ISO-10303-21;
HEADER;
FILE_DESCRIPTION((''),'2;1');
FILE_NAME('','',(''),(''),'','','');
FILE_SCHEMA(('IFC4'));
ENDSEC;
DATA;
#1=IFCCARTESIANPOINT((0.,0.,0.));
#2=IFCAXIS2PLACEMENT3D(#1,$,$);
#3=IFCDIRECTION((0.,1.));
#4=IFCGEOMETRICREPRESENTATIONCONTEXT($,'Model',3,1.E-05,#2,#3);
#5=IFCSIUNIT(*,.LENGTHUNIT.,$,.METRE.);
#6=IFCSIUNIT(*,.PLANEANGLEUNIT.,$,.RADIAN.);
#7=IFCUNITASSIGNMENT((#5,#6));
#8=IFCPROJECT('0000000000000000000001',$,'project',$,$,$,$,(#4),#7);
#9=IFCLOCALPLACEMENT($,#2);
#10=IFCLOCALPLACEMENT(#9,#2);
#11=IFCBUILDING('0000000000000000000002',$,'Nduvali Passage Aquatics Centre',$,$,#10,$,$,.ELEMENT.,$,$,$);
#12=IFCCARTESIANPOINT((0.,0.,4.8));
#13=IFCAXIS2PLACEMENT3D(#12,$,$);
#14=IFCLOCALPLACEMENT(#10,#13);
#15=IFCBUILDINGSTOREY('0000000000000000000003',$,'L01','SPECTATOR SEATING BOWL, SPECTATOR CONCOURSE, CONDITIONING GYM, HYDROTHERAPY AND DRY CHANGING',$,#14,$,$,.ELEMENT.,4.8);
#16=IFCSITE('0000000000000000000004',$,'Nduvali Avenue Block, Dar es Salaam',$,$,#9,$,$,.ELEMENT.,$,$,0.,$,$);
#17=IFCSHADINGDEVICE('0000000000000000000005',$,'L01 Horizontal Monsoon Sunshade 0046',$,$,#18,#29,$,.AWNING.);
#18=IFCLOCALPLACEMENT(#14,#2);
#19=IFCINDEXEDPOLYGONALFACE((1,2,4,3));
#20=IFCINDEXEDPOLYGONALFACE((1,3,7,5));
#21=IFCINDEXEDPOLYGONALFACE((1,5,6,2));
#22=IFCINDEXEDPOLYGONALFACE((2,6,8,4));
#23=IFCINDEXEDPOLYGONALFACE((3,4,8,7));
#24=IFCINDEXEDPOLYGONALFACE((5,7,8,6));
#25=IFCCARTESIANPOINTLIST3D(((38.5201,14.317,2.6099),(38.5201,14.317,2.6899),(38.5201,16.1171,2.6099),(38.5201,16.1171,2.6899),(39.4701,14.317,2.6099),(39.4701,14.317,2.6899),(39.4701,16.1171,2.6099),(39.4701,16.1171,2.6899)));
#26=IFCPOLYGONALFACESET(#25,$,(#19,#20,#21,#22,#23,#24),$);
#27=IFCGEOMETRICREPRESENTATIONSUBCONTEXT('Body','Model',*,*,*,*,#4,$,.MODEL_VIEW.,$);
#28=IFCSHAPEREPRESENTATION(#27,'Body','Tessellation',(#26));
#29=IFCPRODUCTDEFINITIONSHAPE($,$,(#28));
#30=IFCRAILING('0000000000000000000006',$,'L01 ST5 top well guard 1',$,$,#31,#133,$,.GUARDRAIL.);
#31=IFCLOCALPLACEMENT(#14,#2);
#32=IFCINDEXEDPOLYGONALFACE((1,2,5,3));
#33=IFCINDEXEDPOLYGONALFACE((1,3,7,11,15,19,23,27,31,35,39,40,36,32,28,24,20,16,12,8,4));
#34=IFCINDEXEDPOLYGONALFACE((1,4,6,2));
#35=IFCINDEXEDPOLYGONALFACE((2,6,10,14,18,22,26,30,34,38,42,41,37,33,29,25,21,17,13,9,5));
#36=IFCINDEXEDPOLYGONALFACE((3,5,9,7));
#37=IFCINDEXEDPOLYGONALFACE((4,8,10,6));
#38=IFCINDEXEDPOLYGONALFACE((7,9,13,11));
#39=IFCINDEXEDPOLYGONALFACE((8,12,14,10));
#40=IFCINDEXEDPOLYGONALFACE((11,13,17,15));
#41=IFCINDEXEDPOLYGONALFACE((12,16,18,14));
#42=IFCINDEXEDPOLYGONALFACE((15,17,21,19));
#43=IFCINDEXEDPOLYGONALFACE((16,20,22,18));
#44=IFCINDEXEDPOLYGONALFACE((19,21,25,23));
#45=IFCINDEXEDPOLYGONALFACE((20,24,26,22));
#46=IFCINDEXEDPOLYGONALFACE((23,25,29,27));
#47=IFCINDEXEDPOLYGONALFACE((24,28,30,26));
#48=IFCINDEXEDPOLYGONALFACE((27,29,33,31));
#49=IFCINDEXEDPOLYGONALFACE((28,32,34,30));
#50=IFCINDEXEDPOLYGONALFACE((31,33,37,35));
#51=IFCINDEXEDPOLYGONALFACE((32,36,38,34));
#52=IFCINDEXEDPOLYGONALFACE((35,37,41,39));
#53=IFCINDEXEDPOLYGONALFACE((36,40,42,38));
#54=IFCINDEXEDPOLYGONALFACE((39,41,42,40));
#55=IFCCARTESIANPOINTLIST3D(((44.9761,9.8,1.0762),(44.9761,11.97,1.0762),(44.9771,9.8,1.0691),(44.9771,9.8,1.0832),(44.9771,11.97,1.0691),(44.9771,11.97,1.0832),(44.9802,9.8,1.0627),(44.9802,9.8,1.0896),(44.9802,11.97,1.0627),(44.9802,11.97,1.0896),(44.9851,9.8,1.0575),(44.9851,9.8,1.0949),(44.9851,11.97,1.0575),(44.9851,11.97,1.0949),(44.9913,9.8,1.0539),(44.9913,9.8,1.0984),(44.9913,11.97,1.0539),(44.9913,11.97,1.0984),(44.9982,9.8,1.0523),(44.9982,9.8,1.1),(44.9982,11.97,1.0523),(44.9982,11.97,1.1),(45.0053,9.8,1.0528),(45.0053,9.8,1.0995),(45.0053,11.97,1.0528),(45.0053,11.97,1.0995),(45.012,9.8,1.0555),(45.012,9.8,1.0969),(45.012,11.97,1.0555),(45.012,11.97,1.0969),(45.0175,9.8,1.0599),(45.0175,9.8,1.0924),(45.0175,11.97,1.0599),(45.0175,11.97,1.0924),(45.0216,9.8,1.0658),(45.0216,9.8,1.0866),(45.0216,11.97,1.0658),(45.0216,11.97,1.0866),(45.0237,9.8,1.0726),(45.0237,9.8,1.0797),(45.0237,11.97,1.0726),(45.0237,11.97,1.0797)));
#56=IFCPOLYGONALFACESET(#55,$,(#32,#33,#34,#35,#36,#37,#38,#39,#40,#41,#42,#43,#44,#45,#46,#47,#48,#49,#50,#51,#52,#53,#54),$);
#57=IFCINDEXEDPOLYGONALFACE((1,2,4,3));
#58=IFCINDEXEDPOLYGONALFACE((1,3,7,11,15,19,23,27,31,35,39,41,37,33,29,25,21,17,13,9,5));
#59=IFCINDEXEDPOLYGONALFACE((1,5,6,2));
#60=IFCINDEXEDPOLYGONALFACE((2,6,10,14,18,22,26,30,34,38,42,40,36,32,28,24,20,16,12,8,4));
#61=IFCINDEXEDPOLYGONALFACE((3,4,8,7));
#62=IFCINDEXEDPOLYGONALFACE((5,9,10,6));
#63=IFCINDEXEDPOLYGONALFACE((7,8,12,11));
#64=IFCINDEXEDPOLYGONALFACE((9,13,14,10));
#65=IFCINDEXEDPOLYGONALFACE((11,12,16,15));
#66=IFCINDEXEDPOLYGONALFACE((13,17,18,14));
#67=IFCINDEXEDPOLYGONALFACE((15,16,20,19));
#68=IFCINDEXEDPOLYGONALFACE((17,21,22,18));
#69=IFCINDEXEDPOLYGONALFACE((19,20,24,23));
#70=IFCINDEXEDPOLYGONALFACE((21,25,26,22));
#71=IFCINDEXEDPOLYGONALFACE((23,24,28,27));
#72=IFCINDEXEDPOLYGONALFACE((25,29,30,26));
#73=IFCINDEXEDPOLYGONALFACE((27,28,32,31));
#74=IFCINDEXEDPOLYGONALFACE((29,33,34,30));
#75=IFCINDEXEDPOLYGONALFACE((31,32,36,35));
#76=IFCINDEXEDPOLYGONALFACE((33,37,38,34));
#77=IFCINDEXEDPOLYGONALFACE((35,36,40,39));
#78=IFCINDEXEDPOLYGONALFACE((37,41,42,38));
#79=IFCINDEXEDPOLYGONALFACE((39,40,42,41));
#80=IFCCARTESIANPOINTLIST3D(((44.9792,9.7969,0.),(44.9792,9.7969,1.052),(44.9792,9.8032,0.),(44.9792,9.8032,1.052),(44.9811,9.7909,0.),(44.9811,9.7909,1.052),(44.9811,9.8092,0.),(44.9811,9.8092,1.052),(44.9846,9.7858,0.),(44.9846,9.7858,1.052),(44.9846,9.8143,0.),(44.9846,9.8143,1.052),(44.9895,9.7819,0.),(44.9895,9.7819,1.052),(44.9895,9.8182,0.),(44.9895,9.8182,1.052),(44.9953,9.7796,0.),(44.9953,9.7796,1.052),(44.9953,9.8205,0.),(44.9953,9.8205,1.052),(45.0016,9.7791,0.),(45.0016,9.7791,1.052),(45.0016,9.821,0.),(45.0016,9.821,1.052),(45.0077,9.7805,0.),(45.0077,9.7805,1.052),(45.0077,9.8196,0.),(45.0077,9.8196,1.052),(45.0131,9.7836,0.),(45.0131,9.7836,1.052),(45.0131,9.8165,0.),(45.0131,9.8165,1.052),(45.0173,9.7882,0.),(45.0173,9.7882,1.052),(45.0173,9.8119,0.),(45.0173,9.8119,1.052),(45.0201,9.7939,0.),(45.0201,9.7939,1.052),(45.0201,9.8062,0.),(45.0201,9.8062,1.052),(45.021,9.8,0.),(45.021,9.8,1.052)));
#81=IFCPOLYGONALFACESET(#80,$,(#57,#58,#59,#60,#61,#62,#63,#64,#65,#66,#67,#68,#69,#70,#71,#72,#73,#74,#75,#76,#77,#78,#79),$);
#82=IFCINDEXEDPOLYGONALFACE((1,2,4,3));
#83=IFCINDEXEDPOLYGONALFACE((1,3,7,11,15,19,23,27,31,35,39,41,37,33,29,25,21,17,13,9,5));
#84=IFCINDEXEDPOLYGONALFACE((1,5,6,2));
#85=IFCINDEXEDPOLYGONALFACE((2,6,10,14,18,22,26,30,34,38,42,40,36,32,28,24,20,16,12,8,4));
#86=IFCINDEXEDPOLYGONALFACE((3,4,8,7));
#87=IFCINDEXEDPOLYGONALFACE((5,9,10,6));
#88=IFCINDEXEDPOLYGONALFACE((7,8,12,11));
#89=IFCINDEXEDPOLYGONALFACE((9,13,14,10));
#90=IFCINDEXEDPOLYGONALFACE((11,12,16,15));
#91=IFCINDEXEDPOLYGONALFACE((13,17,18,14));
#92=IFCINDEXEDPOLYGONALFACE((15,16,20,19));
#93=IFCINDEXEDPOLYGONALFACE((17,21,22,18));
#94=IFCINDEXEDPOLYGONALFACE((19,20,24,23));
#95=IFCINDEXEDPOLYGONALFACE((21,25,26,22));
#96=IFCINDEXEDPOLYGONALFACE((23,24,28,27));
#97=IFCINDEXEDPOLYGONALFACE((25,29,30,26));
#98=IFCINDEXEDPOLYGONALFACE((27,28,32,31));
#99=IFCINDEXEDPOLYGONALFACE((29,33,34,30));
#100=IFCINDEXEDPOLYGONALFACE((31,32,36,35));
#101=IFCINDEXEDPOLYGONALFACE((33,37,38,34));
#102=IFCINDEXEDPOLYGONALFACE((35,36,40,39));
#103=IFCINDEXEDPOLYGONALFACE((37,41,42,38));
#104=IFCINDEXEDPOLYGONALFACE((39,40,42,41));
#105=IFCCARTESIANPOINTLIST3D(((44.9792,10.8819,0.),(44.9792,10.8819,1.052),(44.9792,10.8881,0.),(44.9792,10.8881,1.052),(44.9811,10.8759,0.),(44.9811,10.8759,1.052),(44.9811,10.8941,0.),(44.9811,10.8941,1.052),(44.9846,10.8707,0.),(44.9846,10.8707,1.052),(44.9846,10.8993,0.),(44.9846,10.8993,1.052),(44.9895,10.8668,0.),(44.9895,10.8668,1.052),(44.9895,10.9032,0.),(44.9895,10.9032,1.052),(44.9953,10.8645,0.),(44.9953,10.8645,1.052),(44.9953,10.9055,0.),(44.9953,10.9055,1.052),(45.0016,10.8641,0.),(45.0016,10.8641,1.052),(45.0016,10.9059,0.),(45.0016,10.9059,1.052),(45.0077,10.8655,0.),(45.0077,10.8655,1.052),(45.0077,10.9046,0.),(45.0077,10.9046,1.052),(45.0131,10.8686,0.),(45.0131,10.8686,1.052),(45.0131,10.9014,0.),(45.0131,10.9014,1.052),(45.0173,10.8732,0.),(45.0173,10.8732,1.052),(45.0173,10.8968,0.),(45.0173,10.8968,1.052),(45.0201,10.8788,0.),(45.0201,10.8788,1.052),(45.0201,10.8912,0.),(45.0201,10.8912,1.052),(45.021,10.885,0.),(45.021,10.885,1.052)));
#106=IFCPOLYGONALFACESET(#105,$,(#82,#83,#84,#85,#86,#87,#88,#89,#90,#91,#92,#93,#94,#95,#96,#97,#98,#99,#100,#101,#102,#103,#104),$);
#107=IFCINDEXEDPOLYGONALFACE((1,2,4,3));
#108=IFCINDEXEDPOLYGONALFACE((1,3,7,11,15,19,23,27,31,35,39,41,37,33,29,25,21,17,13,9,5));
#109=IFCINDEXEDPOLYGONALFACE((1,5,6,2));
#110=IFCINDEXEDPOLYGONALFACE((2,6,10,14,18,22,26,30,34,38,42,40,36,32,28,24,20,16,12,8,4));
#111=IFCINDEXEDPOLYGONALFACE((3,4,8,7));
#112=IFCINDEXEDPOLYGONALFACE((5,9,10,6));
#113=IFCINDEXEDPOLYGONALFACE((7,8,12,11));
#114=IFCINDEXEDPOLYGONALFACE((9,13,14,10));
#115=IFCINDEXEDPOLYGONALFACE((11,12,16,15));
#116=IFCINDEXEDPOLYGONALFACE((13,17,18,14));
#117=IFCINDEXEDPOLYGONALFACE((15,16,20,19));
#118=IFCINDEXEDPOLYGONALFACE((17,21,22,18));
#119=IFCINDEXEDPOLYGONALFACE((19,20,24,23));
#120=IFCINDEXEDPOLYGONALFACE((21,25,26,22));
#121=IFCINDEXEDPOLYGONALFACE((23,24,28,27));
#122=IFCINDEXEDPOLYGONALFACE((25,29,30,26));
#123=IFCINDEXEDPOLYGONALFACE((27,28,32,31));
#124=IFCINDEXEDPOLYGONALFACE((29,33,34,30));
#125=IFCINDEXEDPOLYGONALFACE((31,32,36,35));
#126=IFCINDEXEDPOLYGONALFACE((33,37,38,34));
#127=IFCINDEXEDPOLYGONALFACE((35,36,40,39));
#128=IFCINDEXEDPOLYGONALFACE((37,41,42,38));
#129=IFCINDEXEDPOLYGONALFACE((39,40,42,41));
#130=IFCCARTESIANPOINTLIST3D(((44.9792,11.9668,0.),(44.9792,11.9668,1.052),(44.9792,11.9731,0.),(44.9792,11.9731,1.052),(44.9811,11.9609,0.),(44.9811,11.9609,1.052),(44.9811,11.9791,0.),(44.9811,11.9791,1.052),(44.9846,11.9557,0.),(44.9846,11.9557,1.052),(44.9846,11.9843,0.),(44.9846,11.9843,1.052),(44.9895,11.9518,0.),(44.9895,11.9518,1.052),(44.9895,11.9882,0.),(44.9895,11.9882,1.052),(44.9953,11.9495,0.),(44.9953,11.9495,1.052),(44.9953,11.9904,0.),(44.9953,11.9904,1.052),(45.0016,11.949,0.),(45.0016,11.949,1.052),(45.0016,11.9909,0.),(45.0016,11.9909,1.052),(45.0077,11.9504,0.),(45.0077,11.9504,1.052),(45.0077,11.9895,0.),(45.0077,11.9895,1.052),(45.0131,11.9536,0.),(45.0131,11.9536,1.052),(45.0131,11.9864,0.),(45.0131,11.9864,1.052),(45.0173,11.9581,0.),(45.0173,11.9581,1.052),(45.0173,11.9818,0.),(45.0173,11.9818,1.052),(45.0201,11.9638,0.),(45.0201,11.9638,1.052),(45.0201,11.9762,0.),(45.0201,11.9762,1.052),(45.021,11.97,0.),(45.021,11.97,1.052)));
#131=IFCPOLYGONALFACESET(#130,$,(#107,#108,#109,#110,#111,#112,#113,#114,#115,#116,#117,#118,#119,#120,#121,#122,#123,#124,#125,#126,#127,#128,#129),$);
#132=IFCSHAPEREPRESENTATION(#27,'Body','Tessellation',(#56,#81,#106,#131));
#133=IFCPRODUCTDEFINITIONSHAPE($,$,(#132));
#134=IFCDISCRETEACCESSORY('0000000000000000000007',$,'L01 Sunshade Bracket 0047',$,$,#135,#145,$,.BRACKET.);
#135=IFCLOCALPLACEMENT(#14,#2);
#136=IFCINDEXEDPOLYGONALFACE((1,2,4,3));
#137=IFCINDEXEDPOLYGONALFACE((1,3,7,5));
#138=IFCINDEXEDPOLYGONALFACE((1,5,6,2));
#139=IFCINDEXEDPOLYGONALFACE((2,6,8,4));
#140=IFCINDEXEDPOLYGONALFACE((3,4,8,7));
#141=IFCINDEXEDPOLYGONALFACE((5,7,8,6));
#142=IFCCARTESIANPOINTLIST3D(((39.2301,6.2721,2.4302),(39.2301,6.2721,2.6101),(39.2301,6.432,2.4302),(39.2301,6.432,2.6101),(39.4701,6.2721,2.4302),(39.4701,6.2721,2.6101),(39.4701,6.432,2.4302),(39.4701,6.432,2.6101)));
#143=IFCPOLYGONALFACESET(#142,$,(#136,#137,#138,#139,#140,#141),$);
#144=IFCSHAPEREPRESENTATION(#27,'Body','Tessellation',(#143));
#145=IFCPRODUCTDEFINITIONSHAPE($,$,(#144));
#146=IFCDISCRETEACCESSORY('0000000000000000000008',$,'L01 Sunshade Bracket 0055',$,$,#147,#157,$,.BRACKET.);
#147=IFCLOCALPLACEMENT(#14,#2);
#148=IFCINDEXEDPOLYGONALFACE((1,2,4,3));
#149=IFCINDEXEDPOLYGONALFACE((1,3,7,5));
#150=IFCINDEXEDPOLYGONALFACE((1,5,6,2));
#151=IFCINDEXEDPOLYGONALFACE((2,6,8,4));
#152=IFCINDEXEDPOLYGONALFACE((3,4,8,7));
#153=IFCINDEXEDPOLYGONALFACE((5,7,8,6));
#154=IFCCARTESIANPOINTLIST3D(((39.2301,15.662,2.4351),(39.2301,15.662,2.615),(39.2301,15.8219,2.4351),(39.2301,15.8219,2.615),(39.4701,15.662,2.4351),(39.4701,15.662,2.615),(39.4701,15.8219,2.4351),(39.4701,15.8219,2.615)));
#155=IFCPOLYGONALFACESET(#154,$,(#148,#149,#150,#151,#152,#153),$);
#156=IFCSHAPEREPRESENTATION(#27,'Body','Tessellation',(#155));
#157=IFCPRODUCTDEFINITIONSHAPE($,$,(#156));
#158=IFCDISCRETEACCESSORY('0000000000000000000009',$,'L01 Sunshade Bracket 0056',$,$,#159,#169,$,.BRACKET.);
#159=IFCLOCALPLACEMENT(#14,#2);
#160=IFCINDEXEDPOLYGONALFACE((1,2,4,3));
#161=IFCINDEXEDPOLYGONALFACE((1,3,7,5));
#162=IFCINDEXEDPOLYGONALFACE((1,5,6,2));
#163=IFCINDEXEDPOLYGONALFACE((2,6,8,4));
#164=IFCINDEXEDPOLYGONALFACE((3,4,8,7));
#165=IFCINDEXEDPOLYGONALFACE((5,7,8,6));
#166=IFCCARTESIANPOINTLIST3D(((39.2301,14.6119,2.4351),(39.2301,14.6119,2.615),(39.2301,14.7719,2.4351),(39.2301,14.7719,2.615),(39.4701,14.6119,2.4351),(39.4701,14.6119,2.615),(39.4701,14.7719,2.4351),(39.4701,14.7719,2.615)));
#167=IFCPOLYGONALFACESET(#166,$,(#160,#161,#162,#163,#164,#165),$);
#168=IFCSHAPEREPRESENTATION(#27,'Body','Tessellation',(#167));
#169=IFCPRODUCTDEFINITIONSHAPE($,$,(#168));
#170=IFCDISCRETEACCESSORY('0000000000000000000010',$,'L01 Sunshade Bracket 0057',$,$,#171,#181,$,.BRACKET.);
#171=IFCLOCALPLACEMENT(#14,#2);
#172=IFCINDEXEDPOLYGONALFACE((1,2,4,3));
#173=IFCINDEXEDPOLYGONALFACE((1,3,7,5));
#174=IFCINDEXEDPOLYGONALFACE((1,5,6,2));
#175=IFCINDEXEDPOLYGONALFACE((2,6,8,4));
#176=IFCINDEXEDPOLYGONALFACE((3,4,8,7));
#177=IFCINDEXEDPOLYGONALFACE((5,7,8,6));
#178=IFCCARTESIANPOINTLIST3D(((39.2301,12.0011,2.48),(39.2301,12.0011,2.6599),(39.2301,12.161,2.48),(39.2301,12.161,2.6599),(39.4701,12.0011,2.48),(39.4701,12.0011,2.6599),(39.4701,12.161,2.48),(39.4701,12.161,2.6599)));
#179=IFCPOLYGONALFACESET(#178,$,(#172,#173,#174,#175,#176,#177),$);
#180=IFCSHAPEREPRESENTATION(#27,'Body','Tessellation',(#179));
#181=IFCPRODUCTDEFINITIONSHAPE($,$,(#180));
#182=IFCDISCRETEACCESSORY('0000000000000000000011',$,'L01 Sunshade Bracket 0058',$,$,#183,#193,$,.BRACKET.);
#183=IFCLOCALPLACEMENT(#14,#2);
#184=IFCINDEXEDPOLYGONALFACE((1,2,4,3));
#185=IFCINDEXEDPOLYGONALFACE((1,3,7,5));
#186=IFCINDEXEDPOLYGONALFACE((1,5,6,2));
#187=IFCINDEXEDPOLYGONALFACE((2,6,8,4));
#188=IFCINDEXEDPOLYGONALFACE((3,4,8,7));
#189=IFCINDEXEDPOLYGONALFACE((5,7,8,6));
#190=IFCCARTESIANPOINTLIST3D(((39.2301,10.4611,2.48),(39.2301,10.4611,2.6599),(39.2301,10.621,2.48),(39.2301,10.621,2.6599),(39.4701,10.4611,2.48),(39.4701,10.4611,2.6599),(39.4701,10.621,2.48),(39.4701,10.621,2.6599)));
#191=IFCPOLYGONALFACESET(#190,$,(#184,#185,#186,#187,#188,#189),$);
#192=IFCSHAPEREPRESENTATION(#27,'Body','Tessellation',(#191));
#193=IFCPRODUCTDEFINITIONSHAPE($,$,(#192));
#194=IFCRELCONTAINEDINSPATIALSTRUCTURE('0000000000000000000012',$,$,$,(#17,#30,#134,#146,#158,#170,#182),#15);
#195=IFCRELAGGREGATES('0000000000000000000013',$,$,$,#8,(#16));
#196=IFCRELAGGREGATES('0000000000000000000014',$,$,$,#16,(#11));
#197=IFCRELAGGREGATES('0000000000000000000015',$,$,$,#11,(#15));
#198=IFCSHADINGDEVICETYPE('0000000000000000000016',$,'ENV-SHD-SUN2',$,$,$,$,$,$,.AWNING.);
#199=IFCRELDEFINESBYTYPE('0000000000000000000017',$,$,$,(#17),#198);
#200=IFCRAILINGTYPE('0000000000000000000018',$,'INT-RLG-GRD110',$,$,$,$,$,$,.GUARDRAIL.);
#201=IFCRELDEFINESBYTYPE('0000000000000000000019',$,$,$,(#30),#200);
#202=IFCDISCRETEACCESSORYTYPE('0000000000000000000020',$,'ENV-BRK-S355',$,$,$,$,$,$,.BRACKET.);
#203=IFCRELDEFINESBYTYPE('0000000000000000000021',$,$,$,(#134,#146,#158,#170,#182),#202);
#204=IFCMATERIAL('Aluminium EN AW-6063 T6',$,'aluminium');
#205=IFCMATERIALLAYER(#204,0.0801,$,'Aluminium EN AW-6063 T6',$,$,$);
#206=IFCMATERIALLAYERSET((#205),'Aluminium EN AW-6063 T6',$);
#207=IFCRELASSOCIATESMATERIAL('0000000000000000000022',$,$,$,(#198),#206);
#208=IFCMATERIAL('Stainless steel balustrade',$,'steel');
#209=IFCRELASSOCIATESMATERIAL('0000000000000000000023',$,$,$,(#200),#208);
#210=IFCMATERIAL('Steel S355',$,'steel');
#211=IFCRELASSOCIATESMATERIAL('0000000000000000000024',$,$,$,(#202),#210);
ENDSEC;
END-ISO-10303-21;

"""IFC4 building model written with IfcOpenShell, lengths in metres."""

from ifc_helpers import new_model, si_unit, direction, frame, origin, origin_2d, place, context, subcontext, project, spatial, rectangle, circle, extrude, material, layer, layer_set, type_object, element, save


model = new_model("IFC4")

# Units and contexts
model_context = context("Model", 3, precision=1e-05, world=origin(), true_north=direction((0.0, 1.0)))
body_context = subcontext(model_context, "Body", "Model", "MODEL_VIEW")
ifc_project = project(units=[si_unit("LENGTHUNIT", "METRE"), si_unit("PLANEANGLEUNIT", "RADIAN")], contexts=[model_context])

# Site, building, storey
site_placement = place(None, origin())
site = spatial("IfcSite", under=ifc_project, at=site_placement, Name="Nduvali Avenue Block, Dar es Salaam", CompositionType="ELEMENT", RefElevation=0.0)
building_placement = place(site_placement, origin())
building = spatial("IfcBuilding", under=site, at=building_placement, Name="Nduvali Passage Aquatics Centre", CompositionType="ELEMENT")
storey_placement = place(building_placement, frame((0.0, 0.0, 4.8)))
storey = spatial("IfcBuildingStorey", under=building, at=storey_placement, Name="L01", Description="SPECTATOR SEATING BOWL, SPECTATOR CONCOURSE, CONDITIONING GYM, HYDROTHERAPY AND DRY CHANGING", CompositionType="ELEMENT", Elevation=4.8)

# Shared definitions
ifc_material_1 = material(Name="Steel S355", Category="steel")

# Shading device
ifc_material_2 = material(Name="Aluminium EN AW-6063 T6", Category="aluminium")
ifc_layer_1 = layer(ifc_material_2, 0.0801, Name="Aluminium EN AW-6063 T6")
ifc_layer_set_1 = layer_set([ifc_layer_1], Name="Aluminium EN AW-6063 T6")
shading_device_type_1 = type_object("IfcShadingDeviceType", Name="ENV-SHD-SUN2", PredefinedType="AWNING", material=ifc_layer_set_1)
shading_device_1_placement = place(storey_placement, frame((38.9951, 15.217, 2.6099), z_axis=(0.0, 0.0, 1.0), x_axis=(0.0, -1.0, 0.0)))
element("IfcShadingDevice", 1, at=shading_device_1_placement, inside=storey, type_object=shading_device_type_1, Name="L01 Horizontal Monsoon Sunshade 0046", PredefinedType="AWNING", context=body_context, shape_type="SweptSolid", body=[
    extrude(rectangle(XDim=1.8, YDim=0.95, at=origin_2d()), origin(), (0.0, 0.0, 1.0), 0.0801),
])

# Railing
ifc_material_3 = material(Name="Stainless steel balustrade", Category="steel")
railing_type = type_object("IfcRailingType", Name="INT-RLG-GRD110", PredefinedType="GUARDRAIL", material=ifc_material_3)
railing_placement = place(storey_placement, frame((45.0, 9.8, 0.0)))
element("IfcRailing", 2, at=railing_placement, inside=storey, type_object=railing_type, Name="L01 ST5 top well guard 1", PredefinedType="GUARDRAIL", context=body_context, shape_type="SweptSolid", body=[
    extrude(circle(Radius=0.0239, at=origin_2d()), frame((0.0, 0.0, 1.0762), z_axis=(0.0, 1.0, 0.0), x_axis=(-1.0, 0.0, 0.0)), (0.0, 0.0, 1.0), 2.1699),
    extrude(circle(Radius=0.021, at=origin_2d()), origin(), (0.0, 0.0, 1.0), 1.052),
    extrude(circle(Radius=0.021, at=origin_2d()), frame((0.0, 1.085, 0.0)), (0.0, 0.0, 1.0), 1.052),
    extrude(circle(Radius=0.021, at=origin_2d()), frame((0.0, 2.1699, 0.0)), (0.0, 0.0, 1.0), 1.052),
])

# Discrete accessories
discrete_accessory_type = type_object("IfcDiscreteAccessoryType", Name="ENV-BRK-S355", PredefinedType="BRACKET", material=ifc_material_1)
for number, where, z_axis, x_axis, name in (
    (3, (39.3501, 6.3521, 2.4302), (0.0, 0.0, 1.0), (0.0, -1.0, 0.0), "L01 Sunshade Bracket 0047"),
    (4, (39.3501, 15.7419, 2.4351), (0.0, 0.0, 1.0), (0.0, -1.0, 0.0), "L01 Sunshade Bracket 0055"),
    (5, (39.3501, 14.6919, 2.4351), (0.0, 0.0, 1.0), (0.0, -1.0, 0.0), "L01 Sunshade Bracket 0056"),
    (6, (39.3501, 12.0811, 2.48), (0.0, 0.0, 1.0), (0.0, -1.0, 0.0), "L01 Sunshade Bracket 0057"),
    (7, (39.3501, 10.541, 2.48), (0.0, 0.0, 1.0), (0.0, -1.0, 0.0), "L01 Sunshade Bracket 0058"),
):
    element("IfcDiscreteAccessory", number, at=place(storey_placement, frame(where, z_axis=z_axis, x_axis=x_axis)), inside=storey, type_object=discrete_accessory_type, Name=name, PredefinedType="BRACKET", context=body_context, shape_type="SweptSolid", body=[
        extrude(rectangle(XDim=0.1599, YDim=0.24, at=origin_2d()), origin(), (0.0, 0.0, 1.0), 0.1799),
    ])

save(model, "model.ifc")
